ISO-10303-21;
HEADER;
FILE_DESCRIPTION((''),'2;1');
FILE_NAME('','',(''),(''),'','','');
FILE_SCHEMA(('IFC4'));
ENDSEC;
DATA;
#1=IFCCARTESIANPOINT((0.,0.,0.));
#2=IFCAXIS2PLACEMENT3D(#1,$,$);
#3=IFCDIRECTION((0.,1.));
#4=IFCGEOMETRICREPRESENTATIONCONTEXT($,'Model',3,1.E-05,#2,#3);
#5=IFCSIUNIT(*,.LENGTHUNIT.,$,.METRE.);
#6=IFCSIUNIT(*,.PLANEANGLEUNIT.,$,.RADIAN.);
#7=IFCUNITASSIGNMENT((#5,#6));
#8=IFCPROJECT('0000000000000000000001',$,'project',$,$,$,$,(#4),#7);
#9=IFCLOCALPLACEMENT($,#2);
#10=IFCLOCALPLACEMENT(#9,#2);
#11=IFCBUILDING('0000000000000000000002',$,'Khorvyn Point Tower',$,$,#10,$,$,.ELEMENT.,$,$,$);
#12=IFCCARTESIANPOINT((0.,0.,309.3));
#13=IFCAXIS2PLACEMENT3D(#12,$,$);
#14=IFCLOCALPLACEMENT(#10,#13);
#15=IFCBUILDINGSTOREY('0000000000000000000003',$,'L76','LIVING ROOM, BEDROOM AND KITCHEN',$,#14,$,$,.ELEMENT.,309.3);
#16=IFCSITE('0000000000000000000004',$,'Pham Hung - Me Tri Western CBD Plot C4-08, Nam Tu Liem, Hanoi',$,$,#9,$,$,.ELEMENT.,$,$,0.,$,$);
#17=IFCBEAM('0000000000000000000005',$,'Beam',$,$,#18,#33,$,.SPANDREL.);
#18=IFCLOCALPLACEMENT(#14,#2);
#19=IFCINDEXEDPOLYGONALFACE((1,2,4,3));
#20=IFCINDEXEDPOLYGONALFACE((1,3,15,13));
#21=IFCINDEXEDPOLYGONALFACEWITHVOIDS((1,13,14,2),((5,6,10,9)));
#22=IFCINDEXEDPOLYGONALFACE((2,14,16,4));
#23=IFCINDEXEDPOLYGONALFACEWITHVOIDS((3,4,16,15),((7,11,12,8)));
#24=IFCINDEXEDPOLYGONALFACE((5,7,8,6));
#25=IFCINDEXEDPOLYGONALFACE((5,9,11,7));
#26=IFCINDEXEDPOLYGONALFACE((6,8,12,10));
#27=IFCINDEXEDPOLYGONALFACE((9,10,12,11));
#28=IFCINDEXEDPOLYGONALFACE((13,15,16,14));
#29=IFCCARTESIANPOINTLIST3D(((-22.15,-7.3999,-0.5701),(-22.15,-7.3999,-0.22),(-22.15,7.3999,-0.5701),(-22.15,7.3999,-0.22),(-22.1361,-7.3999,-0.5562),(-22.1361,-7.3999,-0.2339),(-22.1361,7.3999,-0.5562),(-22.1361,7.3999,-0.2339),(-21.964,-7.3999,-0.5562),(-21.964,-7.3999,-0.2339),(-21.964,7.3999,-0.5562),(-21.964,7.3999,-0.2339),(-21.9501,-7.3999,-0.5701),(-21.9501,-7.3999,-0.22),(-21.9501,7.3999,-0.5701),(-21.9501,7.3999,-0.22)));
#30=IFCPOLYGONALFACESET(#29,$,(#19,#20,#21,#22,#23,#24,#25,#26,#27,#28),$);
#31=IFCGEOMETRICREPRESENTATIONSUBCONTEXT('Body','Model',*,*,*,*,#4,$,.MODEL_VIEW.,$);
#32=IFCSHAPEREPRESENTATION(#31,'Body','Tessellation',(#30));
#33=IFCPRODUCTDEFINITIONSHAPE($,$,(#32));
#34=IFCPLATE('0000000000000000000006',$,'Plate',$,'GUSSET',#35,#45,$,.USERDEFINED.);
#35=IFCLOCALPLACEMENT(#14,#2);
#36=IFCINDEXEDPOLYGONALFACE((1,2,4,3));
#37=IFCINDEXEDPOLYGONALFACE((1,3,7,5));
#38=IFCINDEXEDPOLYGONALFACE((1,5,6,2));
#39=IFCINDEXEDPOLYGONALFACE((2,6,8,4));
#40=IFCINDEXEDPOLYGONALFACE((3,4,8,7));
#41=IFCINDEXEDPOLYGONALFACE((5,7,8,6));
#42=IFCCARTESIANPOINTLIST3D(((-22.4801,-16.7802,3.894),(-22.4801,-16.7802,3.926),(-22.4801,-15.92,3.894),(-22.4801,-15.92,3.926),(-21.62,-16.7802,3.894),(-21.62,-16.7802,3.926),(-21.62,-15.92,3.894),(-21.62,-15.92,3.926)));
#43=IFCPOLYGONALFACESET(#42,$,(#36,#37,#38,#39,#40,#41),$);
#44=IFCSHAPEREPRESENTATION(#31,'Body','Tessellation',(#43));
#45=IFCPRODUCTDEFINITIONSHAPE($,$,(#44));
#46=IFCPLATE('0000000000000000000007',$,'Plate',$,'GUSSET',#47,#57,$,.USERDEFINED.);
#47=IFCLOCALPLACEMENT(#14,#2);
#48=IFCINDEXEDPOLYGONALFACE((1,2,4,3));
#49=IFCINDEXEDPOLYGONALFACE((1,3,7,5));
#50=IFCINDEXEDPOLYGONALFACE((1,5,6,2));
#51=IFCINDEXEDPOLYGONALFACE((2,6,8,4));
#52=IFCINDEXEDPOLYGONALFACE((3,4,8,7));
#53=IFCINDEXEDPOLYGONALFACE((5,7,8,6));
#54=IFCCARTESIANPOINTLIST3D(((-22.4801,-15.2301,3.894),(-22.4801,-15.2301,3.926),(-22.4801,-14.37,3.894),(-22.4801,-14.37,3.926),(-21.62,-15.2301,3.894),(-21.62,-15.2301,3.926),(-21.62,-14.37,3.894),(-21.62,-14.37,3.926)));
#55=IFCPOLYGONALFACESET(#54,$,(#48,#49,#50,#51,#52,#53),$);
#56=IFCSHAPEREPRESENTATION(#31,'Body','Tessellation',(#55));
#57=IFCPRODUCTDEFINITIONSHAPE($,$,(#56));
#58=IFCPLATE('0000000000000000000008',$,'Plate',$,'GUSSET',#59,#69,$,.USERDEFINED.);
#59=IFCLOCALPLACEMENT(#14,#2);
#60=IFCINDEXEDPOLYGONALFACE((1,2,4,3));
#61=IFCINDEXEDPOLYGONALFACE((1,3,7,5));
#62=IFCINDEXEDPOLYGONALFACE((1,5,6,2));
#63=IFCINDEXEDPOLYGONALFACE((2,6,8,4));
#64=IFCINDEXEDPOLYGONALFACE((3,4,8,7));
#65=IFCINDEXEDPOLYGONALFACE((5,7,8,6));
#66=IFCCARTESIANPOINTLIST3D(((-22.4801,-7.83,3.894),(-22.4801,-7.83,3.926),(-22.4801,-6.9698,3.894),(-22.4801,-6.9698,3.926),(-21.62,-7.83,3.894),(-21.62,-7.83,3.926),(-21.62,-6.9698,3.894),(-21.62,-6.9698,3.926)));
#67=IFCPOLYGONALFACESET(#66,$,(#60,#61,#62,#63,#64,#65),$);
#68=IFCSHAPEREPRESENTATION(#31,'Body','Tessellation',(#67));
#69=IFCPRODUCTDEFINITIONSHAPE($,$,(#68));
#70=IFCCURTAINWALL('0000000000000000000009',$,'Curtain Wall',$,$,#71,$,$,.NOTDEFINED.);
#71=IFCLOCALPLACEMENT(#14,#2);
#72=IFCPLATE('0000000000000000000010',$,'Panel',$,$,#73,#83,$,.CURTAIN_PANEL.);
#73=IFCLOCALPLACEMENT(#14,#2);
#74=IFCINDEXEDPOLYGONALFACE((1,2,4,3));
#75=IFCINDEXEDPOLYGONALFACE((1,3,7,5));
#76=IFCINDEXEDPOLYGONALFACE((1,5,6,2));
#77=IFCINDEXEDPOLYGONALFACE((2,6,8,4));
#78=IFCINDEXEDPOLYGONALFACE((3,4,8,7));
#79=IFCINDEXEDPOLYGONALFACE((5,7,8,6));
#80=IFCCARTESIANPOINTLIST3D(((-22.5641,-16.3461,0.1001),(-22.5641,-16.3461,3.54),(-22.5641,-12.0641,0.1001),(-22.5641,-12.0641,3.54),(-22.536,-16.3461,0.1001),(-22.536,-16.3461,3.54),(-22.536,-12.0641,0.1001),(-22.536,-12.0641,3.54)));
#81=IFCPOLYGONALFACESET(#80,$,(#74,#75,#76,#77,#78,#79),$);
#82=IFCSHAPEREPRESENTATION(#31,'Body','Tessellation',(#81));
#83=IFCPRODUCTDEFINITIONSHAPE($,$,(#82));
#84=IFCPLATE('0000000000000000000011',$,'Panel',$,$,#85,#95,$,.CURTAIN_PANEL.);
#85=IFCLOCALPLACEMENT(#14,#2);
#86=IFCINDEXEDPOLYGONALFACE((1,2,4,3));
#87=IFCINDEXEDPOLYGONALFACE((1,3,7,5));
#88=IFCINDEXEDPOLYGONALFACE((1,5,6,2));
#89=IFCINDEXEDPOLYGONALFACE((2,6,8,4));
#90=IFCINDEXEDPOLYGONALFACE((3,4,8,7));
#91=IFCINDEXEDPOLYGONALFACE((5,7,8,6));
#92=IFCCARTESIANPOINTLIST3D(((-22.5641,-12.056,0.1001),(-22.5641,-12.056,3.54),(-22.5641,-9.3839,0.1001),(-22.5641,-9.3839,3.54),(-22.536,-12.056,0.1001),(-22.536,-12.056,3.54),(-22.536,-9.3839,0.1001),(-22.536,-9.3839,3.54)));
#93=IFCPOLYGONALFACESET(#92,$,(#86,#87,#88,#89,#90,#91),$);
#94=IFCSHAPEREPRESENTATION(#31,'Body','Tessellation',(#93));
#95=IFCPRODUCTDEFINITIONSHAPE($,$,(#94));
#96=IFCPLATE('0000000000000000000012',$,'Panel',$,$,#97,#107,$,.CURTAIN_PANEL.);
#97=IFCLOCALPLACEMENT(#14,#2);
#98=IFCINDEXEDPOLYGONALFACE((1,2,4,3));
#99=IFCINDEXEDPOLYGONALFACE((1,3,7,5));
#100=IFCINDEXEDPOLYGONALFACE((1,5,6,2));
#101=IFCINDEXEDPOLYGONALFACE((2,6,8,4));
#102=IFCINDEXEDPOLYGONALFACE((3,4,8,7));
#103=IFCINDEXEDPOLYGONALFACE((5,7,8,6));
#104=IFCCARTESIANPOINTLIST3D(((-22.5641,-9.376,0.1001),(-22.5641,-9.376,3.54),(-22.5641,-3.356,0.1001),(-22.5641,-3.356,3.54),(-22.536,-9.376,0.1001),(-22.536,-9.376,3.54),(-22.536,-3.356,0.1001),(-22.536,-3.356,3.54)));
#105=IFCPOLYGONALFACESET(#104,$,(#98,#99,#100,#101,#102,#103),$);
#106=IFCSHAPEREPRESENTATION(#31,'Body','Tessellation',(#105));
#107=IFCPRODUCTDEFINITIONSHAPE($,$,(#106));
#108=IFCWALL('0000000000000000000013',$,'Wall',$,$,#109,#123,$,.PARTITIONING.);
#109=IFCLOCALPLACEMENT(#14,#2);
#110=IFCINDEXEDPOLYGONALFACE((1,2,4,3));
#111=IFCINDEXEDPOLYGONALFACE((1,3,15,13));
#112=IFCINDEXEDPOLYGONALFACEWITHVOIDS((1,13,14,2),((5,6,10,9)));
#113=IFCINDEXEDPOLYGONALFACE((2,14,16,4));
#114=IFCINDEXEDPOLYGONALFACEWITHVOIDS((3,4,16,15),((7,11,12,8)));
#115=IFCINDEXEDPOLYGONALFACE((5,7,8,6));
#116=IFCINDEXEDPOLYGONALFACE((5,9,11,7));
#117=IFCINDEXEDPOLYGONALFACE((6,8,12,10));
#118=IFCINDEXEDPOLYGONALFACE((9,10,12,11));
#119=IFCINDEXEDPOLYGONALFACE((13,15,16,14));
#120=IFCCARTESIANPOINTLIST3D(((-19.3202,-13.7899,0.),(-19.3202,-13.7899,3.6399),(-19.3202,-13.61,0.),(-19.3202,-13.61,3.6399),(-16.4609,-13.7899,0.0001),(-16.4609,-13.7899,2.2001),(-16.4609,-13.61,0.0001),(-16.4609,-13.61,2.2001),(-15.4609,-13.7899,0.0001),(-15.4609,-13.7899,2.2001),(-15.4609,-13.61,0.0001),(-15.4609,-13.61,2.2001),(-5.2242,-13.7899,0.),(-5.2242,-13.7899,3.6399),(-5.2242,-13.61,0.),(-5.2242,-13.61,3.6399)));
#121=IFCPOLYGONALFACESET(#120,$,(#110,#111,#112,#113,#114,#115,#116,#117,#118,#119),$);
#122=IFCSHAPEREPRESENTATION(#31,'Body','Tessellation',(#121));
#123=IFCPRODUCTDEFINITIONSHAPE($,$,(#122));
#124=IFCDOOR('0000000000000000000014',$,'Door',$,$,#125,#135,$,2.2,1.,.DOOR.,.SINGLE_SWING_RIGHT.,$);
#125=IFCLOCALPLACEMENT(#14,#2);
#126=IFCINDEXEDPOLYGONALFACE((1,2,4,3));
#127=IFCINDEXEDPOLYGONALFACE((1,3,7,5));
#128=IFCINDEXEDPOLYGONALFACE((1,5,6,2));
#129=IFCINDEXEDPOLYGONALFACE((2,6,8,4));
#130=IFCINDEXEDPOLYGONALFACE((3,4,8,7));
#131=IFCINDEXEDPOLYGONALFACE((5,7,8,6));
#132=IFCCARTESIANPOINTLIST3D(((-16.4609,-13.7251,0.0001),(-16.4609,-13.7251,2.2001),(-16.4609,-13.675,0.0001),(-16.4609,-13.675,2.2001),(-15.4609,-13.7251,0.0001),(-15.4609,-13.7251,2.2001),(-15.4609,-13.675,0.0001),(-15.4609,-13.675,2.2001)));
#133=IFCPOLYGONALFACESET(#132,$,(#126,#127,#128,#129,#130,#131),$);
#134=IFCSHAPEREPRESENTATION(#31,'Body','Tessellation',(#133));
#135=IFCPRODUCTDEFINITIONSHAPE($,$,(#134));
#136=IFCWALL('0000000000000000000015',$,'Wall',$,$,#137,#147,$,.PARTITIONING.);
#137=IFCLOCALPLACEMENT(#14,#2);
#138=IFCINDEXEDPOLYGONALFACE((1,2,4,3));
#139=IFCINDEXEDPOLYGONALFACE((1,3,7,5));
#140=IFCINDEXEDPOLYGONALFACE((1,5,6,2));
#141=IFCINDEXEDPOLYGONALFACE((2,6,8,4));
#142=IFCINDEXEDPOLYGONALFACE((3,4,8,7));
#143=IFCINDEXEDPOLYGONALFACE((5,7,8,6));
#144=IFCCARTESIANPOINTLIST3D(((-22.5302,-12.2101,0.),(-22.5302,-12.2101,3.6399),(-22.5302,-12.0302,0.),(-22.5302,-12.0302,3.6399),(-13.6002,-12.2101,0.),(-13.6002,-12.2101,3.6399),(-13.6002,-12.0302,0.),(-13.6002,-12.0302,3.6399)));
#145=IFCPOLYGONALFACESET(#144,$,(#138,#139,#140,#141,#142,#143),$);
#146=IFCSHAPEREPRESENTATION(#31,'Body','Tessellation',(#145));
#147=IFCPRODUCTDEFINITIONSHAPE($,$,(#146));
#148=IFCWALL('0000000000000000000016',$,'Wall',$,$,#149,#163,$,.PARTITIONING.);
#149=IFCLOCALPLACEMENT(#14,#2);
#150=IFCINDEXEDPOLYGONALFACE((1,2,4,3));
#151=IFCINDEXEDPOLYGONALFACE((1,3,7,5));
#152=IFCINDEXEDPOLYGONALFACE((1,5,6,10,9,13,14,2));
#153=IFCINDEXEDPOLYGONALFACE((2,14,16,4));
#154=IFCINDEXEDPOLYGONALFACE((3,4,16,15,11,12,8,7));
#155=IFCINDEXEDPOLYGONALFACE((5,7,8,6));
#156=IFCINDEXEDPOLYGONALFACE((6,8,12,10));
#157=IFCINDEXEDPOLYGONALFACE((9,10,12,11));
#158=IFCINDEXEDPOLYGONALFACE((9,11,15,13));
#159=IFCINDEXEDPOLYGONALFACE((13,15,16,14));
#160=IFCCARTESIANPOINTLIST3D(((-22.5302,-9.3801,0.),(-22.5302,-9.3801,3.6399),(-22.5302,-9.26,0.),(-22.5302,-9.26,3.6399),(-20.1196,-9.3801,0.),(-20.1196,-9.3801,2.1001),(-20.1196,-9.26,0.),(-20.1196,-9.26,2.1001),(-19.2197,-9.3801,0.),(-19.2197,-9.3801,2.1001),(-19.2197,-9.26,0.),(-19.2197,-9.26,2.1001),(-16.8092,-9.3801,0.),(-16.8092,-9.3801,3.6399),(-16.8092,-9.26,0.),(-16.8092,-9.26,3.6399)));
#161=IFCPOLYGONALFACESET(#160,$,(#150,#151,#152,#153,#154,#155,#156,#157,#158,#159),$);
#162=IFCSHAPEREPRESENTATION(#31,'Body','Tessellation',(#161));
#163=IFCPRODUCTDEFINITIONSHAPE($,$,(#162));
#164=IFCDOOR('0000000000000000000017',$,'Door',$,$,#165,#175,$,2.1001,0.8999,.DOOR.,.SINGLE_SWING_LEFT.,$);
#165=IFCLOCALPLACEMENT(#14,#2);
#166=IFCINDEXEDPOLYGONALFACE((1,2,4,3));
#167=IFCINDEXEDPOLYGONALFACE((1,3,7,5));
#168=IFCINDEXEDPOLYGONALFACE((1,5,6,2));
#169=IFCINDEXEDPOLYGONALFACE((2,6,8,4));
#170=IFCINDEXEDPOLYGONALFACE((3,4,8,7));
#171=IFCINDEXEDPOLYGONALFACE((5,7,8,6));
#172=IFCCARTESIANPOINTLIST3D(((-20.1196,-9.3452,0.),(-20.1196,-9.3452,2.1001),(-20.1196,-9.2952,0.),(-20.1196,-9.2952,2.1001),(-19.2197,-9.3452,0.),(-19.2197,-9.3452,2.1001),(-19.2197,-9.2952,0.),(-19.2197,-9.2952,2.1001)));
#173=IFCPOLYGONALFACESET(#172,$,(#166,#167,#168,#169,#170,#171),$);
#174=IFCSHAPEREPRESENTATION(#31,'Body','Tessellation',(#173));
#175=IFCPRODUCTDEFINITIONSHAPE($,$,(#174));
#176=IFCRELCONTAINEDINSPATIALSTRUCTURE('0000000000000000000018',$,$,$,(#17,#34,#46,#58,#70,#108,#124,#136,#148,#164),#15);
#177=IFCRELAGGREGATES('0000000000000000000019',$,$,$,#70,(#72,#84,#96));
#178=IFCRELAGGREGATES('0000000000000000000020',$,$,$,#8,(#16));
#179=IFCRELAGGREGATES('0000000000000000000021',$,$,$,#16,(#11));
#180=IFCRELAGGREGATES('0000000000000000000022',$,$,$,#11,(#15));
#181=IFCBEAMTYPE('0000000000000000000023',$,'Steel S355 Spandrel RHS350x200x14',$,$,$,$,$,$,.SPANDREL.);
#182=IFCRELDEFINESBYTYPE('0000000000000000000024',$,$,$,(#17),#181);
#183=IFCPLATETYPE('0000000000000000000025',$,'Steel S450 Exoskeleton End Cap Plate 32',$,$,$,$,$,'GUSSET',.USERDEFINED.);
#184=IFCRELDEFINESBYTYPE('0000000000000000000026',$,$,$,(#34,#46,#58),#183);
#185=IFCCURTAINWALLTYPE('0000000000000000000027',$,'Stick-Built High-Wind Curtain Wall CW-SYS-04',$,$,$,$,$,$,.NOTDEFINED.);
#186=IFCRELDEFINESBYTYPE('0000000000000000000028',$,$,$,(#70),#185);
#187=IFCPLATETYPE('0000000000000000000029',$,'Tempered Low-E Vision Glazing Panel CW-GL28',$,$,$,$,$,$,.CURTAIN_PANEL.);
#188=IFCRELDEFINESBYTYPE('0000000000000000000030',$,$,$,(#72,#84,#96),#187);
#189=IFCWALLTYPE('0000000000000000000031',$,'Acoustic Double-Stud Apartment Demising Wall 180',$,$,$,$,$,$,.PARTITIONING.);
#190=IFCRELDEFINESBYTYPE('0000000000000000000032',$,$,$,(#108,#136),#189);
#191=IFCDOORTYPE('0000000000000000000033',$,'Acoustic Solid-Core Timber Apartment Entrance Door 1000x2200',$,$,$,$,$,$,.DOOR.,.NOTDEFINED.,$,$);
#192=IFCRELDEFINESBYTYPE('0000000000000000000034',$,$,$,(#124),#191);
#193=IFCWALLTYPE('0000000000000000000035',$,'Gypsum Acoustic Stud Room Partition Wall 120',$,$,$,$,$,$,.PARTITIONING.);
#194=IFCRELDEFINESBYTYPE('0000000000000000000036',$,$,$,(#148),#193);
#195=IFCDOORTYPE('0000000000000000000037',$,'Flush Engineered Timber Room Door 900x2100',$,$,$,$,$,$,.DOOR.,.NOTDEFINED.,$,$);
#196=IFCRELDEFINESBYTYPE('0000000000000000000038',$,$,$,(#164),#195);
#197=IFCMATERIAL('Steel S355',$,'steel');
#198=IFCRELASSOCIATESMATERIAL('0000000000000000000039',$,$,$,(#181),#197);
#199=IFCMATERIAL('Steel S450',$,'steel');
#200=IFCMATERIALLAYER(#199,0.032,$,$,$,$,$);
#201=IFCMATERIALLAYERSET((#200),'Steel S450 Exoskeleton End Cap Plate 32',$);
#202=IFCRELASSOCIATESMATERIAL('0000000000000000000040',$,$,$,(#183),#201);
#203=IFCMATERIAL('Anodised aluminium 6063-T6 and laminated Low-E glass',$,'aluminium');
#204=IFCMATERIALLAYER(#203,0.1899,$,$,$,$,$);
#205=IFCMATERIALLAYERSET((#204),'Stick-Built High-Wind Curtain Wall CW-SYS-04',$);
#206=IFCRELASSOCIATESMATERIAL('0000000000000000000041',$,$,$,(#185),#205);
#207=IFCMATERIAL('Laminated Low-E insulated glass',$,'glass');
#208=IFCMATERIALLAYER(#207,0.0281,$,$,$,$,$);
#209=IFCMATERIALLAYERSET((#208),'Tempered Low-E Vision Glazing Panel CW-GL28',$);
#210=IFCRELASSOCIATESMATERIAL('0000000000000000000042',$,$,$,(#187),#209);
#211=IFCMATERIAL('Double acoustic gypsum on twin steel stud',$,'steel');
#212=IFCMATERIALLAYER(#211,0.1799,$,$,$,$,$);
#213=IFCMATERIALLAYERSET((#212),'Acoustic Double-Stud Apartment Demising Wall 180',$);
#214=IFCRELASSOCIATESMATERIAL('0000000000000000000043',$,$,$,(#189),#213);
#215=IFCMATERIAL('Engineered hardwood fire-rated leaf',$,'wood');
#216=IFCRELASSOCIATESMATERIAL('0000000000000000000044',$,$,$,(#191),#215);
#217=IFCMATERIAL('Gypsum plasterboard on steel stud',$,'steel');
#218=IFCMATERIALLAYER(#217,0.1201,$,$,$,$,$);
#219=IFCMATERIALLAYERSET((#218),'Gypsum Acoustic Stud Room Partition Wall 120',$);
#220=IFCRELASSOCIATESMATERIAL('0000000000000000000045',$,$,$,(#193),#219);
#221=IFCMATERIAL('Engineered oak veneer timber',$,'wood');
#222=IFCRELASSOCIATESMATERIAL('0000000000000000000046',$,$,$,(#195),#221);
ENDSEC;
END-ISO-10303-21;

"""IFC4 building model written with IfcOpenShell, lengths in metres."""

from ifc_helpers import new_model, si_unit, direction, frame, frame_2d, origin, origin_2d, place, context, subcontext, project, spatial, rectangle, hollow_rectangle, extrude, material, layer, layer_set, material_profile, profile_set, type_object, element, fill, aggregate, save


model = new_model("IFC4")

# Units and contexts
model_context = context("Model", 3, precision=1e-05, world=origin(), true_north=direction((0.0, 1.0)))
body_context = subcontext(model_context, "Body", "Model", "MODEL_VIEW")
ifc_project = project(units=[si_unit("LENGTHUNIT", "METRE"), si_unit("PLANEANGLEUNIT", "RADIAN")], contexts=[model_context])

# Site, building, storey
site_placement = place(None, origin())
site = spatial("IfcSite", under=ifc_project, at=site_placement, Name="Pham Hung - Me Tri Western CBD Plot C4-08, Nam Tu Liem, Hanoi", CompositionType="ELEMENT", RefElevation=0.0)
building_placement = place(site_placement, origin())
building = spatial("IfcBuilding", under=site, at=building_placement, Name="Khorvyn Point Tower", CompositionType="ELEMENT")
storey_placement = place(building_placement, frame((0.0, 0.0, 309.3)))
storey = spatial("IfcBuildingStorey", under=building, at=storey_placement, Name="L76", Description="LIVING ROOM, BEDROOM AND KITCHEN", CompositionType="ELEMENT", Elevation=309.3)

# Shared definitions
ifc_material_1 = material(Name="Steel S355", Category="steel")

# Beam
ifc_material_profile_1 = material_profile(ifc_material_1, hollow_rectangle(XDim=0.2, YDim=0.3501, WallThickness=0.0139, at=origin_2d()))
ifc_profile_set_1 = profile_set([ifc_material_profile_1], Name="Steel S355 RHS350x200x14")
beam_type_1 = type_object("IfcBeamType", Name="Steel S355 Spandrel RHS350x200x14", PredefinedType="SPANDREL", material=ifc_profile_set_1)
beam_1_placement = place(storey_placement, frame((-22.05, -7.3999, -0.395), z_axis=(0.0, 1.0, 0.0), x_axis=(-1.0, 0.0, 0.0)))
element("IfcBeam", 1, at=beam_1_placement, inside=storey, type_object=beam_type_1, Name="Beam", PredefinedType="SPANDREL", context=body_context, shape_type="SweptSolid", body=[
    extrude(hollow_rectangle(XDim=0.2, YDim=0.3501, WallThickness=0.0139, at=origin_2d()), origin(), (0.0, 0.0, 1.0), 14.7998),
])

# Plates
ifc_material_2 = material(Name="Steel S450", Category="steel")
ifc_layer_1 = layer(ifc_material_2, 0.032)
ifc_layer_set_1 = layer_set([ifc_layer_1], Name="Steel S450 Exoskeleton End Cap Plate 32")
plate_type_1 = type_object("IfcPlateType", Name="Steel S450 Exoskeleton End Cap Plate 32", ElementType="GUSSET", PredefinedType="USERDEFINED", material=ifc_layer_set_1)
for number, where, z_axis, x_axis, name in (
    (2, (-22.05, -16.3501, 3.894), (0.0, 0.0, 1.0), (1.0, 0.0, 0.0), "Plate"),
    (3, (-22.05, -14.8, 3.894), (0.0, 0.0, 1.0), (1.0, 0.0, 0.0), "Plate"),
    (4, (-22.05, -7.3999, 3.894), (0.0, 0.0, 1.0), (1.0, 0.0, 0.0), "Plate"),
):
    element("IfcPlate", number, at=place(storey_placement, frame(where, z_axis=z_axis, x_axis=x_axis)), inside=storey, type_object=plate_type_1, Name=name, ObjectType="GUSSET", PredefinedType="USERDEFINED", context=body_context, shape_type="SweptSolid", body=[
        extrude(rectangle(XDim=0.8601, YDim=0.8601, at=origin_2d()), origin(), (0.0, 0.0, 1.0), 0.032),
    ])

# Curtain wall, plates
ifc_material_3 = material(Name="Anodised aluminium 6063-T6 and laminated Low-E glass", Category="aluminium")
ifc_layer_2 = layer(ifc_material_3, 0.1899)
ifc_layer_set_2 = layer_set([ifc_layer_2], Name="Stick-Built High-Wind Curtain Wall CW-SYS-04")
curtain_wall_type = type_object("IfcCurtainWallType", Name="Stick-Built High-Wind Curtain Wall CW-SYS-04", PredefinedType="NOTDEFINED", material=ifc_layer_set_2)
curtain_wall_placement = place(storey_placement, origin())
curtain_wall = element("IfcCurtainWall", 5, at=curtain_wall_placement, inside=storey, type_object=curtain_wall_type, Name="Curtain Wall", PredefinedType="NOTDEFINED")
ifc_material_4 = material(Name="Laminated Low-E insulated glass", Category="glass")
ifc_layer_3 = layer(ifc_material_4, 0.0281)
ifc_layer_set_3 = layer_set([ifc_layer_3], Name="Tempered Low-E Vision Glazing Panel CW-GL28")
plate_type_2 = type_object("IfcPlateType", Name="Tempered Low-E Vision Glazing Panel CW-GL28", PredefinedType="CURTAIN_PANEL", material=ifc_layer_set_3)
plate_1_placement = place(storey_placement, frame((-22.55, -14.2051, 0.1001), z_axis=(0.0, 0.0, 1.0), x_axis=(0.0, 1.0, 0.0)))
plate_1 = element("IfcPlate", 6, at=plate_1_placement, type_object=plate_type_2, Name="Panel", PredefinedType="CURTAIN_PANEL", context=body_context, shape_type="SweptSolid", body=[
    extrude(rectangle(XDim=4.282, YDim=0.0281, at=origin_2d()), origin(), (0.0, 0.0, 1.0), 3.4399),
])
plate_2_placement = place(storey_placement, frame((-22.55, -10.72, 0.1001), z_axis=(0.0, 0.0, 1.0), x_axis=(0.0, 1.0, 0.0)))
plate_2 = element("IfcPlate", 7, at=plate_2_placement, type_object=plate_type_2, Name="Panel", PredefinedType="CURTAIN_PANEL", context=body_context, shape_type="SweptSolid", body=[
    extrude(rectangle(XDim=2.6721, YDim=0.0281, at=origin_2d()), origin(), (0.0, 0.0, 1.0), 3.4399),
])
plate_3_placement = place(storey_placement, frame((-22.55, -6.366, 0.1001), z_axis=(0.0, 0.0, 1.0), x_axis=(0.0, 1.0, 0.0)))
plate_3 = element("IfcPlate", 8, at=plate_3_placement, type_object=plate_type_2, Name="Panel", PredefinedType="CURTAIN_PANEL", context=body_context, shape_type="SweptSolid", body=[
    extrude(rectangle(XDim=6.02, YDim=0.0281, at=origin_2d()), origin(), (0.0, 0.0, 1.0), 3.4399),
])
aggregate(curtain_wall, [plate_1, plate_2, plate_3])

# Wall, opening, door
ifc_material_5 = material(Name="Double acoustic gypsum on twin steel stud", Category="steel")
ifc_layer_4 = layer(ifc_material_5, 0.1799)
ifc_layer_set_4 = layer_set([ifc_layer_4], Name="Acoustic Double-Stud Apartment Demising Wall 180")
wall_type_1 = type_object("IfcWallType", Name="Acoustic Double-Stud Apartment Demising Wall 180", PredefinedType="PARTITIONING", material=ifc_layer_set_4)
wall_1_placement = place(storey_placement, frame((-19.3201, -13.7, 0.0), z_axis=(0.0, 0.0, 1.0), x_axis=(1.0, 0.0, 0.0)))
wall_1 = element("IfcWall", 9, at=wall_1_placement, inside=storey, type_object=wall_type_1, Name="Wall", PredefinedType="PARTITIONING", context=body_context, shape_type="SweptSolid", body=[
    extrude(rectangle(XDim=14.0959, YDim=0.1799, at=frame_2d((7.0479, 0.0))), origin(), (0.0, 0.0, 1.0), 3.6399),
])
opening_1_placement = place(wall_1_placement, frame((2.8591, 0.0, 0.0)))
opening_1 = element("IfcOpeningElement", 10, at=opening_1_placement, cuts=wall_1, PredefinedType="OPENING", context=body_context, shape_type="SweptSolid", body=[
    extrude(rectangle(XDim=1.0, YDim=2.2, at=frame_2d((0.5, 1.1001))), frame((0.0, 0.0999, 0.0), z_axis=(0.0, -1.0, 0.0), x_axis=(1.0, 0.0, 0.0)), (0.0, 0.0, 1.0), 0.2),
])
ifc_material_6 = material(Name="Engineered hardwood fire-rated leaf", Category="wood")
door_type_1 = type_object("IfcDoorType", Name="Acoustic Solid-Core Timber Apartment Entrance Door 1000x2200", OperationType="NOTDEFINED", PredefinedType="DOOR", material=ifc_material_6)
door_1_placement = place(opening_1_placement, origin())
door_1 = element("IfcDoor", 11, at=door_1_placement, inside=storey, type_object=door_type_1, Name="Door", OperationType="SINGLE_SWING_RIGHT", OverallHeight=2.2, OverallWidth=1.0, PredefinedType="DOOR", context=body_context, shape_type="SweptSolid", body=[
    extrude(rectangle(XDim=1.0, YDim=2.2, at=frame_2d((0.5, 1.1001))), frame((0.0, 0.0249, 0.0), z_axis=(0.0, -1.0, 0.0), x_axis=(1.0, 0.0, 0.0)), (0.0, 0.0, 1.0), 0.05),
])
fill(opening_1, door_1)

# Wall
wall_2_placement = place(storey_placement, frame((-22.53, -12.1201, 0.0), z_axis=(0.0, 0.0, 1.0), x_axis=(1.0, 0.0, 0.0)))
element("IfcWall", 12, at=wall_2_placement, inside=storey, type_object=wall_type_1, Name="Wall", PredefinedType="PARTITIONING", context=body_context, shape_type="SweptSolid", body=[
    extrude(rectangle(XDim=8.9299, YDim=0.1799, at=frame_2d((4.4648, 0.0))), origin(), (0.0, 0.0, 1.0), 3.6399),
])

# Wall, opening, door
ifc_material_7 = material(Name="Gypsum plasterboard on steel stud", Category="steel")
ifc_layer_5 = layer(ifc_material_7, 0.1201)
ifc_layer_set_5 = layer_set([ifc_layer_5], Name="Gypsum Acoustic Stud Room Partition Wall 120")
wall_type_2 = type_object("IfcWallType", Name="Gypsum Acoustic Stud Room Partition Wall 120", PredefinedType="PARTITIONING", material=ifc_layer_set_5)
wall_3_placement = place(storey_placement, frame((-22.53, -9.3201, 0.0), z_axis=(0.0, 0.0, 1.0), x_axis=(1.0, 0.0, 0.0)))
wall_3 = element("IfcWall", 13, at=wall_3_placement, inside=storey, type_object=wall_type_2, Name="Wall", PredefinedType="PARTITIONING", context=body_context, shape_type="SweptSolid", body=[
    extrude(rectangle(XDim=5.7209, YDim=0.1201, at=frame_2d((2.8604, 0.0))), origin(), (0.0, 0.0, 1.0), 3.6399),
])
opening_2_placement = place(wall_3_placement, frame((2.4104, 0.0, 0.0)))
opening_2 = element("IfcOpeningElement", 14, at=opening_2_placement, cuts=wall_3, PredefinedType="OPENING", context=body_context, shape_type="SweptSolid", body=[
    extrude(rectangle(XDim=0.8999, YDim=2.1001, at=frame_2d((0.45, 1.05))), frame((0.0, 0.0701, 0.0), z_axis=(0.0, -1.0, 0.0), x_axis=(1.0, 0.0, 0.0)), (0.0, 0.0, 1.0), 0.1401),
])
ifc_material_8 = material(Name="Engineered oak veneer timber", Category="wood")
door_type_2 = type_object("IfcDoorType", Name="Flush Engineered Timber Room Door 900x2100", OperationType="NOTDEFINED", PredefinedType="DOOR", material=ifc_material_8)
door_2_placement = place(opening_2_placement, origin())
door_2 = element("IfcDoor", 15, at=door_2_placement, inside=storey, type_object=door_type_2, Name="Door", OperationType="SINGLE_SWING_LEFT", OverallHeight=2.1001, OverallWidth=0.8999, PredefinedType="DOOR", context=body_context, shape_type="SweptSolid", body=[
    extrude(rectangle(XDim=0.8999, YDim=2.1001, at=frame_2d((0.45, 1.05))), frame((0.0, 0.0249, 0.0), z_axis=(0.0, -1.0, 0.0), x_axis=(1.0, 0.0, 0.0)), (0.0, 0.0, 1.0), 0.05),
])
fill(opening_2, door_2)

save(model, "model.ifc")
